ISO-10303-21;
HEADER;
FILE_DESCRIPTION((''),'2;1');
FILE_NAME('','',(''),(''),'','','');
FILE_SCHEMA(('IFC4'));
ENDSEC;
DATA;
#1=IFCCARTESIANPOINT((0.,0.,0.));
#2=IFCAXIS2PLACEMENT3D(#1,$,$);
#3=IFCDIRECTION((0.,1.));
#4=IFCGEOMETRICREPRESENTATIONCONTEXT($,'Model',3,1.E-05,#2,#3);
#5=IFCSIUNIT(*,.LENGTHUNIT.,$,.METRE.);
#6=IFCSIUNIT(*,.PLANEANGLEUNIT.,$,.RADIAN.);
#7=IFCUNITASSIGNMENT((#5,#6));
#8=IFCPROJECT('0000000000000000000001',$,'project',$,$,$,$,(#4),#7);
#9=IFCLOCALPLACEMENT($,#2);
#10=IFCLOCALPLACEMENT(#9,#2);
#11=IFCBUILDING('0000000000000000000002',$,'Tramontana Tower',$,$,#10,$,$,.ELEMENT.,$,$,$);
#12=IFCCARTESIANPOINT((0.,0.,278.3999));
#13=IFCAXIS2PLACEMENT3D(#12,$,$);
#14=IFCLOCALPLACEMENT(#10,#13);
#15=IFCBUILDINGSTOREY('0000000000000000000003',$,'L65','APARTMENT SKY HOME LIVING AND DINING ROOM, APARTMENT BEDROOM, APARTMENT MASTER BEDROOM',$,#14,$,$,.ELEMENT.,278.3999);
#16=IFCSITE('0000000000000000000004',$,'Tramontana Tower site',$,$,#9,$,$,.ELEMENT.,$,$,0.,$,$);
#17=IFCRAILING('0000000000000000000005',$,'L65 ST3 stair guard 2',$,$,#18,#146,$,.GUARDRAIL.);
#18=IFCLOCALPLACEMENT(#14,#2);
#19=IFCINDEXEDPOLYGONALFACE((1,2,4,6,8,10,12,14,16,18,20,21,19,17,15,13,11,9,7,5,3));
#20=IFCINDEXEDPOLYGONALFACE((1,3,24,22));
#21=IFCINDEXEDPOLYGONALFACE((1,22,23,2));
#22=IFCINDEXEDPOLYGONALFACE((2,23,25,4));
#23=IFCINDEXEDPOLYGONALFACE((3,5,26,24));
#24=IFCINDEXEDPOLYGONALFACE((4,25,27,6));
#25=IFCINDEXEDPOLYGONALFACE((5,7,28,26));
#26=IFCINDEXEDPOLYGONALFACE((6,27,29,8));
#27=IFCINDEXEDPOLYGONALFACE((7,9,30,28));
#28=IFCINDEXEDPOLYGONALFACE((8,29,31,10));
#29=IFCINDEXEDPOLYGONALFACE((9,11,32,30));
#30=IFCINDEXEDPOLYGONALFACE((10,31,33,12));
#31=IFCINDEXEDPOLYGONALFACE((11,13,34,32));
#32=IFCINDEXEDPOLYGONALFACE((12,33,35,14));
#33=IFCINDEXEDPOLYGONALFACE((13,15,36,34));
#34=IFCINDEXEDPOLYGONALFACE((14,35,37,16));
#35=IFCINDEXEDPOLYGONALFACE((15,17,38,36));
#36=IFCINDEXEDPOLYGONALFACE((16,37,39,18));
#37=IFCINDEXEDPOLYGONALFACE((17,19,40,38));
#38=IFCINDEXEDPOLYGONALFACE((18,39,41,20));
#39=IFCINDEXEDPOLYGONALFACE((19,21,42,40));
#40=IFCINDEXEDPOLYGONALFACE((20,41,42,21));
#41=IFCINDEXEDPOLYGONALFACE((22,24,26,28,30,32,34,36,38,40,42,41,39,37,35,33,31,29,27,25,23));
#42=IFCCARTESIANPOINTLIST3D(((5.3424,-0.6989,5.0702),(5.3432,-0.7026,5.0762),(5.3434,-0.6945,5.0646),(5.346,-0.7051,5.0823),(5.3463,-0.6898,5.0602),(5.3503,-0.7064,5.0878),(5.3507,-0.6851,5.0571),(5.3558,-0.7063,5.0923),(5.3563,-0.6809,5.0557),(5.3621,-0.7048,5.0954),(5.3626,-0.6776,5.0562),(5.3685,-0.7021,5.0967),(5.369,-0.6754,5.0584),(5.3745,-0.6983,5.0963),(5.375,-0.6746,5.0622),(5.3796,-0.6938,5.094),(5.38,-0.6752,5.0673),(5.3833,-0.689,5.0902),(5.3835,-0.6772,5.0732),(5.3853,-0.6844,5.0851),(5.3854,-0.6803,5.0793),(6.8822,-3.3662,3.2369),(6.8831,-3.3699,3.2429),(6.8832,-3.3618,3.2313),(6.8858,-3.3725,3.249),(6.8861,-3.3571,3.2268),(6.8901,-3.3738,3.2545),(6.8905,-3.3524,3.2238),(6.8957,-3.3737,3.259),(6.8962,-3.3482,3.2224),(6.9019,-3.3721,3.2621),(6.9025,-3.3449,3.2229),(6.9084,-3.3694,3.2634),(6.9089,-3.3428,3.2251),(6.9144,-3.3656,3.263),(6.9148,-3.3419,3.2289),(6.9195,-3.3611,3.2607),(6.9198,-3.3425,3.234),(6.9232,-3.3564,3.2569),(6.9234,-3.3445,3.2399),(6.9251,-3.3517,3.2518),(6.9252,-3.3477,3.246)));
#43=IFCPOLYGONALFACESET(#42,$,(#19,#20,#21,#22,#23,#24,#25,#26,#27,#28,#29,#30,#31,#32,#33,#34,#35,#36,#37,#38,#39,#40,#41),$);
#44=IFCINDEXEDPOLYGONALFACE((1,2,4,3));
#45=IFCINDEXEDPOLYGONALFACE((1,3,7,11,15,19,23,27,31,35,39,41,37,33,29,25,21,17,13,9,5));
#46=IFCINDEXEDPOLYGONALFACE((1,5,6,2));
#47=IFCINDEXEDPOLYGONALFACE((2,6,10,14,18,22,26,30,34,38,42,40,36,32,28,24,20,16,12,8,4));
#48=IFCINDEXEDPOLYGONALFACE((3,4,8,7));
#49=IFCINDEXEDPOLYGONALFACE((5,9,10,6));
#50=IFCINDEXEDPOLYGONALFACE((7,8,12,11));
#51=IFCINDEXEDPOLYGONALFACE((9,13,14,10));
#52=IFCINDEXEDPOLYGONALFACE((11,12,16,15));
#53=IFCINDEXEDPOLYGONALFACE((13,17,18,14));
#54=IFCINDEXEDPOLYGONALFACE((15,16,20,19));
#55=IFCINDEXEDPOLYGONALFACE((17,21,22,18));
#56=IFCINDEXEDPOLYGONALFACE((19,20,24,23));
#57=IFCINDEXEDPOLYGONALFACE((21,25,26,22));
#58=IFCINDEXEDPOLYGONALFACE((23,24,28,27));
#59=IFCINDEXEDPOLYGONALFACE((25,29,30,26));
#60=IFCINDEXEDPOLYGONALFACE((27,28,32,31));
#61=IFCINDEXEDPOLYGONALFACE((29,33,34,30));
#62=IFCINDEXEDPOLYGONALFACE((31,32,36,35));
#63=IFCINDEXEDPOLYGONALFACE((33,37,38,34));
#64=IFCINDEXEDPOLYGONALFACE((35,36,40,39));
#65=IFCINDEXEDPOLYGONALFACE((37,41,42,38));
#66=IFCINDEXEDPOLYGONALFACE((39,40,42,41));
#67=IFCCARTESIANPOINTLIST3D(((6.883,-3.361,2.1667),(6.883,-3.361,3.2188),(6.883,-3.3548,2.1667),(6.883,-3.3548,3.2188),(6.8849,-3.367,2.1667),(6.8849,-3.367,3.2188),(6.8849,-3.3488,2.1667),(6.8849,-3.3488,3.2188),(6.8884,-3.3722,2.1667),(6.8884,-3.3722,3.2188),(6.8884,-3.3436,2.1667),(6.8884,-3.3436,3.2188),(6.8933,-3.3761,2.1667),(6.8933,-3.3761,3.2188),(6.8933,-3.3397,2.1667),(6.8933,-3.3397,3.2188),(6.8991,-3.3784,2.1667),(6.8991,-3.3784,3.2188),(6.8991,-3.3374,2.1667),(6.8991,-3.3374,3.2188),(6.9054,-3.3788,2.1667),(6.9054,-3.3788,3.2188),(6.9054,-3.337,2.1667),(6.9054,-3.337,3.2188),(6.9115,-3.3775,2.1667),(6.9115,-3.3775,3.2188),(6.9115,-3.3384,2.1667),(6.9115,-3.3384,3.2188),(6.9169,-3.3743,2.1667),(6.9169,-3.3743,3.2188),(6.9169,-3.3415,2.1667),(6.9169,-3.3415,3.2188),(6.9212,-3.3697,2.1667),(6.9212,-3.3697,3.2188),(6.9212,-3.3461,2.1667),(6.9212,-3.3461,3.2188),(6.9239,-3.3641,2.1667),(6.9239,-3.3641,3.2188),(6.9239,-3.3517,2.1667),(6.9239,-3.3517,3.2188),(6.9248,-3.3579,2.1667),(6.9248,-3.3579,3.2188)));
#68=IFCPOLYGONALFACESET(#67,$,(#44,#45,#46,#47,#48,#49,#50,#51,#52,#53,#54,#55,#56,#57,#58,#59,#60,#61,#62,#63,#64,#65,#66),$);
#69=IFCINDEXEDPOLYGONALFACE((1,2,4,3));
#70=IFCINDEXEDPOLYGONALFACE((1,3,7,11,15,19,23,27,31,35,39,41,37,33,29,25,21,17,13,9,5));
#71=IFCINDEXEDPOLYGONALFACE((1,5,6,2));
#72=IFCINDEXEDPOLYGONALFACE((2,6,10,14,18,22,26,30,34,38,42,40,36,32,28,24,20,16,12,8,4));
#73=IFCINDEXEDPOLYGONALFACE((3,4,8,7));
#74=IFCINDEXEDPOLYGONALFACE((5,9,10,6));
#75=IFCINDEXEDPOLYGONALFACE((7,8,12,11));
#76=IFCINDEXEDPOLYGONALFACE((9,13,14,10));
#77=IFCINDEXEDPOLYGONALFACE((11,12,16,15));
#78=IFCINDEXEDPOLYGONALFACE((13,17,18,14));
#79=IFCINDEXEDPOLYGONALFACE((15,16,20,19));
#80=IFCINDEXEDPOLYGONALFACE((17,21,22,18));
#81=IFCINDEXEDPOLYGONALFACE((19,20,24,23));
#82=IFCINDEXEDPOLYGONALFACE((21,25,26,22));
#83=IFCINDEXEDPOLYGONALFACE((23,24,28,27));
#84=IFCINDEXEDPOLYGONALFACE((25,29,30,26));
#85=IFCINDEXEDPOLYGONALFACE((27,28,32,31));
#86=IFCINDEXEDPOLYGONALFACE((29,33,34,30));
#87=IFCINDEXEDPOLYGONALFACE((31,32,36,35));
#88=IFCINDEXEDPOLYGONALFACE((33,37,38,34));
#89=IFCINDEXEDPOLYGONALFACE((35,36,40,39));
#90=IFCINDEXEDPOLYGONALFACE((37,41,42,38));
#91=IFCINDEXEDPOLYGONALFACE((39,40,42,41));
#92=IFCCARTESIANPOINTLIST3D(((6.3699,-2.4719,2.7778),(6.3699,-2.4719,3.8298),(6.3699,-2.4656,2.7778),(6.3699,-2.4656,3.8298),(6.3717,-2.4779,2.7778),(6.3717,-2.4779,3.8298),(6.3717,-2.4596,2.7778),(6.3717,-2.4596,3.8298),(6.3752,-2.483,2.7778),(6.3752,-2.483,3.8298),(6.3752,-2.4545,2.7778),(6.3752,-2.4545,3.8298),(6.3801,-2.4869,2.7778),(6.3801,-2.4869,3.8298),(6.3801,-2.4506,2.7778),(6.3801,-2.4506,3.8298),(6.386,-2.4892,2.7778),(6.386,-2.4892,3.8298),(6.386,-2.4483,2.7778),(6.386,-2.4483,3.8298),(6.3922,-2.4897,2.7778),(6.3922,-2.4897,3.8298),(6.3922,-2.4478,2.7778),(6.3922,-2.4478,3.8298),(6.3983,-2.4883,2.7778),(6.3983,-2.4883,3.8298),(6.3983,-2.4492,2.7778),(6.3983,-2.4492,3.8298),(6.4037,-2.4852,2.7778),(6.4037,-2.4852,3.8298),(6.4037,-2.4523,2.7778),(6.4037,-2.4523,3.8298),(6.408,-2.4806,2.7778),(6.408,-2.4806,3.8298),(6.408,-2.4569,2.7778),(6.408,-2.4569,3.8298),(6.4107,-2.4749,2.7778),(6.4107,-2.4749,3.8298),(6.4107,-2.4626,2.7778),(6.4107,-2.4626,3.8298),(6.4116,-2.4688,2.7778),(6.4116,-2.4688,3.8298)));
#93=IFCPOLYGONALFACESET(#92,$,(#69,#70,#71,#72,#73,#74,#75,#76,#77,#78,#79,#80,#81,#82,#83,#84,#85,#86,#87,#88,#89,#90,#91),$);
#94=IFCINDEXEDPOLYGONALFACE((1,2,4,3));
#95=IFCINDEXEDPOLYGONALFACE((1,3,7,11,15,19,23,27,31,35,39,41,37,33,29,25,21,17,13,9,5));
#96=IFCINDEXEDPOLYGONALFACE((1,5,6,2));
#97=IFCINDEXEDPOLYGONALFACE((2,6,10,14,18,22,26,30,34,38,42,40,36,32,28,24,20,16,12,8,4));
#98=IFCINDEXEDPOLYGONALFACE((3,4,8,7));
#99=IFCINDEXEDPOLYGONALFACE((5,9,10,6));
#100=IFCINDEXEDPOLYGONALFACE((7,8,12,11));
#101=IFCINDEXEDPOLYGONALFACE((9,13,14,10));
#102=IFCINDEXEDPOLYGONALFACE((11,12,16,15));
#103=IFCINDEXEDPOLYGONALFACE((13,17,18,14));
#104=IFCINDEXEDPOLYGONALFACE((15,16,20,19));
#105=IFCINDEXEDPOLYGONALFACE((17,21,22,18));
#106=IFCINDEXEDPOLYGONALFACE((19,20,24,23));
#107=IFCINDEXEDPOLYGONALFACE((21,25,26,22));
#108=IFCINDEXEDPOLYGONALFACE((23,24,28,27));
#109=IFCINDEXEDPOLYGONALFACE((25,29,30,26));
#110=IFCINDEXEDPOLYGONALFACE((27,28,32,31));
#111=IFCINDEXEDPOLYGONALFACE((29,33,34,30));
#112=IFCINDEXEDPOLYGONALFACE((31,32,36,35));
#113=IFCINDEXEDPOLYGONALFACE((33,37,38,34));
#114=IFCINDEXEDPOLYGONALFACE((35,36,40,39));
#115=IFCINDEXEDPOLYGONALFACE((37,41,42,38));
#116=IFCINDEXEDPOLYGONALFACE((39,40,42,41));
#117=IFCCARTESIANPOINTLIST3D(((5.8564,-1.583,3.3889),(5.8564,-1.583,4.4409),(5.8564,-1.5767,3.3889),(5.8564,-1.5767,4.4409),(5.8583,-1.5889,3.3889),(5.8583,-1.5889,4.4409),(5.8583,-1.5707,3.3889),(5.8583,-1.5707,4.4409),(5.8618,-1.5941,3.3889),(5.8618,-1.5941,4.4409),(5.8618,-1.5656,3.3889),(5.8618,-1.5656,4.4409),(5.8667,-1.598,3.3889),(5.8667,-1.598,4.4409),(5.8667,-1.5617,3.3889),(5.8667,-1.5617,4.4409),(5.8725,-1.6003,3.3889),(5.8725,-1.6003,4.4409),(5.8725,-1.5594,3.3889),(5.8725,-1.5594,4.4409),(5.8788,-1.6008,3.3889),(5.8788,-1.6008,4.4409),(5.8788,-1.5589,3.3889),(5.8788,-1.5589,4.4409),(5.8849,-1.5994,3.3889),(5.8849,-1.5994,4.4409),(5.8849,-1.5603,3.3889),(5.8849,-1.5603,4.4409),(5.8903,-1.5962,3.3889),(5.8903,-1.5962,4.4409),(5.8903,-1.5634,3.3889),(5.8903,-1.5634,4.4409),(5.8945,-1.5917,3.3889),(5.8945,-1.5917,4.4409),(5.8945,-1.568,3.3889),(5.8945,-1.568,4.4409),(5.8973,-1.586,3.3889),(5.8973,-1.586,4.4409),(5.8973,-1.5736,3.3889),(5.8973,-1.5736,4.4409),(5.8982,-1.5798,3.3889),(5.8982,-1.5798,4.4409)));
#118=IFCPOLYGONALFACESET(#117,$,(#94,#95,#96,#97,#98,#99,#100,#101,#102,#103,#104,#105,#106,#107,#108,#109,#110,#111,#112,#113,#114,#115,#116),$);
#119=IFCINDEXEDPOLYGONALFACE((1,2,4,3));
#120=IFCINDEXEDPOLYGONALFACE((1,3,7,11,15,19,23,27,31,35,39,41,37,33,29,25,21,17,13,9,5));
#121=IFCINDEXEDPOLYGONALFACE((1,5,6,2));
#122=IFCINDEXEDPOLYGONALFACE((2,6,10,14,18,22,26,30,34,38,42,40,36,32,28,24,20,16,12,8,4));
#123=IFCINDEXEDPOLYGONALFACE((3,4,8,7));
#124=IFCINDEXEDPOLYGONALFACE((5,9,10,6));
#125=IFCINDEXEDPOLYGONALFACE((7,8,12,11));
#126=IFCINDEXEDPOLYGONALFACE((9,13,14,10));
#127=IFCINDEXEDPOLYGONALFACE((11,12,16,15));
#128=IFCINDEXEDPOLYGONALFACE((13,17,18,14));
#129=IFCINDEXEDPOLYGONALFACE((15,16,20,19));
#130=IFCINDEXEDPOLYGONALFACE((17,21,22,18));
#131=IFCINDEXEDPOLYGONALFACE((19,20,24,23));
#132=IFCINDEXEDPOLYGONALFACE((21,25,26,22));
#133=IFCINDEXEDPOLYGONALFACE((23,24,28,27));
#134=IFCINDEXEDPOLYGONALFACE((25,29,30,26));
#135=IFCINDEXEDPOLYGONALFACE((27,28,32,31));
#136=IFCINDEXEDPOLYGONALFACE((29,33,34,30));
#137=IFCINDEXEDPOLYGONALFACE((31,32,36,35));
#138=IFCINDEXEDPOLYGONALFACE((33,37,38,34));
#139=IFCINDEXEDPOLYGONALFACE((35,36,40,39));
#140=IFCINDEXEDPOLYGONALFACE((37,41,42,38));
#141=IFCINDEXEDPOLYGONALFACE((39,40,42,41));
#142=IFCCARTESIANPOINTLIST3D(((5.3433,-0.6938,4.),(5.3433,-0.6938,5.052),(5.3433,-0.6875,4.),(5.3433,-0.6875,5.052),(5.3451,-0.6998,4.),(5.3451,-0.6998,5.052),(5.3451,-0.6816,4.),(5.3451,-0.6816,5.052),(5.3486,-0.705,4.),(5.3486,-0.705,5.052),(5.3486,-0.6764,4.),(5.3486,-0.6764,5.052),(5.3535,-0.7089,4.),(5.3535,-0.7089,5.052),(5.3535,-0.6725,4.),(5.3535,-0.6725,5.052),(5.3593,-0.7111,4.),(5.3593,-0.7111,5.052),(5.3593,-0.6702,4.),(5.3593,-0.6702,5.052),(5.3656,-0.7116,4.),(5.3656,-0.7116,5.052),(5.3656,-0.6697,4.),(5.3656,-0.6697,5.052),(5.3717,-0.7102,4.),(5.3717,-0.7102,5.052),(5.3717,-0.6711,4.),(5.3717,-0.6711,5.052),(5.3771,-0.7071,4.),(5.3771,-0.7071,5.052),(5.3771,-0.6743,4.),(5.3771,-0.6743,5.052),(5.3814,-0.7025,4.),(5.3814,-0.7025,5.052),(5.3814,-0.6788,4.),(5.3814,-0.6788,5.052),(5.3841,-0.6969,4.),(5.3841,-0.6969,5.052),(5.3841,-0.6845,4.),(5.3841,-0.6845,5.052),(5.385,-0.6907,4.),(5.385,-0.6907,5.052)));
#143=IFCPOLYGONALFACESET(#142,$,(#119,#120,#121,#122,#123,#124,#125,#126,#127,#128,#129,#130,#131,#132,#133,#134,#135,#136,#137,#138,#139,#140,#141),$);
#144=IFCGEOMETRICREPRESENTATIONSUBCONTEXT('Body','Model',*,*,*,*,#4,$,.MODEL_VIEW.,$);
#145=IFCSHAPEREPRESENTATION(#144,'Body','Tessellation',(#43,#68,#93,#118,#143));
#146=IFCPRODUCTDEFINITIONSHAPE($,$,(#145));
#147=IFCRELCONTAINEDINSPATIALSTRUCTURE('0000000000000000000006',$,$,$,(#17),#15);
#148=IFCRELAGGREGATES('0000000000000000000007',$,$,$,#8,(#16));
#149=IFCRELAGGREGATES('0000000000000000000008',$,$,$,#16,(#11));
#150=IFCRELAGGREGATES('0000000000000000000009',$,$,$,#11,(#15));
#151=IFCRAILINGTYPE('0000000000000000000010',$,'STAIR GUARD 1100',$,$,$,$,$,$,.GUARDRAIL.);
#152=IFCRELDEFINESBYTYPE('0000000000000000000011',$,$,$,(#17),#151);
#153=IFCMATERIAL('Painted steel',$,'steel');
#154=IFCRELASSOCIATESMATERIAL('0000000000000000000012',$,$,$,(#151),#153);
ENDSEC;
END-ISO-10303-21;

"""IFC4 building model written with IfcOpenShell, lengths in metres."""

from ifc_helpers import new_model, si_unit, direction, frame, origin, origin_2d, place, context, subcontext, project, spatial, circle, extrude, material, type_object, element, save


model = new_model("IFC4")

# Units and contexts
model_context = context("Model", 3, precision=1e-05, world=origin(), true_north=direction((0.0, 1.0)))
body_context = subcontext(model_context, "Body", "Model", "MODEL_VIEW")
ifc_project = project(units=[si_unit("LENGTHUNIT", "METRE"), si_unit("PLANEANGLEUNIT", "RADIAN")], contexts=[model_context])

# Site, building, storey
site_placement = place(None, origin())
site = spatial("IfcSite", under=ifc_project, at=site_placement, Name="Tramontana Tower site", CompositionType="ELEMENT", RefElevation=0.0)
building_placement = place(site_placement, origin())
building = spatial("IfcBuilding", under=site, at=building_placement, Name="Tramontana Tower", CompositionType="ELEMENT")
storey_placement = place(building_placement, frame((0.0, 0.0, 278.3999)))
storey = spatial("IfcBuildingStorey", under=building, at=storey_placement, Name="L65", Description="APARTMENT SKY HOME LIVING AND DINING ROOM, APARTMENT BEDROOM, APARTMENT MASTER BEDROOM", CompositionType="ELEMENT", Elevation=278.3999)

# Railing
ifc_material_1 = material(Name="Painted steel", Category="steel")
railing_type_1 = type_object("IfcRailingType", Name="STAIR GUARD 1100", PredefinedType="GUARDRAIL", material=ifc_material_1)
railing_1_placement = place(storey_placement, frame((6.9038, -3.3579, 2.1667)))
element("IfcRailing", 1, at=railing_1_placement, inside=storey, type_object=railing_type_1, Name="L65 ST3 stair guard 2", PredefinedType="GUARDRAIL", context=body_context, shape_type="SweptSolid", body=[
    extrude(circle(Radius=0.0239, at=origin_2d()), frame((0.0, 0.0, 1.0762), z_axis=(-0.429616, 0.744181, 0.511493), x_axis=(-0.866044, -0.499967, 0.0)), (0.0, 0.0, 1.0), 3.5842),
    extrude(circle(Radius=0.021, at=origin_2d()), origin(), (0.0, 0.0, 1.0), 1.052),
    extrude(circle(Radius=0.021, at=origin_2d()), frame((-0.5132, 0.8892, 0.6111)), (0.0, 0.0, 1.0), 1.052),
    extrude(circle(Radius=0.021, at=origin_2d()), frame((-1.0266, 1.7781, 1.2222)), (0.0, 0.0, 1.0), 1.052),
    extrude(circle(Radius=0.021, at=origin_2d()), frame((-1.5398, 2.6672, 1.8333)), (0.0, 0.0, 1.0), 1.052),
])

save(model, "model.ifc")
